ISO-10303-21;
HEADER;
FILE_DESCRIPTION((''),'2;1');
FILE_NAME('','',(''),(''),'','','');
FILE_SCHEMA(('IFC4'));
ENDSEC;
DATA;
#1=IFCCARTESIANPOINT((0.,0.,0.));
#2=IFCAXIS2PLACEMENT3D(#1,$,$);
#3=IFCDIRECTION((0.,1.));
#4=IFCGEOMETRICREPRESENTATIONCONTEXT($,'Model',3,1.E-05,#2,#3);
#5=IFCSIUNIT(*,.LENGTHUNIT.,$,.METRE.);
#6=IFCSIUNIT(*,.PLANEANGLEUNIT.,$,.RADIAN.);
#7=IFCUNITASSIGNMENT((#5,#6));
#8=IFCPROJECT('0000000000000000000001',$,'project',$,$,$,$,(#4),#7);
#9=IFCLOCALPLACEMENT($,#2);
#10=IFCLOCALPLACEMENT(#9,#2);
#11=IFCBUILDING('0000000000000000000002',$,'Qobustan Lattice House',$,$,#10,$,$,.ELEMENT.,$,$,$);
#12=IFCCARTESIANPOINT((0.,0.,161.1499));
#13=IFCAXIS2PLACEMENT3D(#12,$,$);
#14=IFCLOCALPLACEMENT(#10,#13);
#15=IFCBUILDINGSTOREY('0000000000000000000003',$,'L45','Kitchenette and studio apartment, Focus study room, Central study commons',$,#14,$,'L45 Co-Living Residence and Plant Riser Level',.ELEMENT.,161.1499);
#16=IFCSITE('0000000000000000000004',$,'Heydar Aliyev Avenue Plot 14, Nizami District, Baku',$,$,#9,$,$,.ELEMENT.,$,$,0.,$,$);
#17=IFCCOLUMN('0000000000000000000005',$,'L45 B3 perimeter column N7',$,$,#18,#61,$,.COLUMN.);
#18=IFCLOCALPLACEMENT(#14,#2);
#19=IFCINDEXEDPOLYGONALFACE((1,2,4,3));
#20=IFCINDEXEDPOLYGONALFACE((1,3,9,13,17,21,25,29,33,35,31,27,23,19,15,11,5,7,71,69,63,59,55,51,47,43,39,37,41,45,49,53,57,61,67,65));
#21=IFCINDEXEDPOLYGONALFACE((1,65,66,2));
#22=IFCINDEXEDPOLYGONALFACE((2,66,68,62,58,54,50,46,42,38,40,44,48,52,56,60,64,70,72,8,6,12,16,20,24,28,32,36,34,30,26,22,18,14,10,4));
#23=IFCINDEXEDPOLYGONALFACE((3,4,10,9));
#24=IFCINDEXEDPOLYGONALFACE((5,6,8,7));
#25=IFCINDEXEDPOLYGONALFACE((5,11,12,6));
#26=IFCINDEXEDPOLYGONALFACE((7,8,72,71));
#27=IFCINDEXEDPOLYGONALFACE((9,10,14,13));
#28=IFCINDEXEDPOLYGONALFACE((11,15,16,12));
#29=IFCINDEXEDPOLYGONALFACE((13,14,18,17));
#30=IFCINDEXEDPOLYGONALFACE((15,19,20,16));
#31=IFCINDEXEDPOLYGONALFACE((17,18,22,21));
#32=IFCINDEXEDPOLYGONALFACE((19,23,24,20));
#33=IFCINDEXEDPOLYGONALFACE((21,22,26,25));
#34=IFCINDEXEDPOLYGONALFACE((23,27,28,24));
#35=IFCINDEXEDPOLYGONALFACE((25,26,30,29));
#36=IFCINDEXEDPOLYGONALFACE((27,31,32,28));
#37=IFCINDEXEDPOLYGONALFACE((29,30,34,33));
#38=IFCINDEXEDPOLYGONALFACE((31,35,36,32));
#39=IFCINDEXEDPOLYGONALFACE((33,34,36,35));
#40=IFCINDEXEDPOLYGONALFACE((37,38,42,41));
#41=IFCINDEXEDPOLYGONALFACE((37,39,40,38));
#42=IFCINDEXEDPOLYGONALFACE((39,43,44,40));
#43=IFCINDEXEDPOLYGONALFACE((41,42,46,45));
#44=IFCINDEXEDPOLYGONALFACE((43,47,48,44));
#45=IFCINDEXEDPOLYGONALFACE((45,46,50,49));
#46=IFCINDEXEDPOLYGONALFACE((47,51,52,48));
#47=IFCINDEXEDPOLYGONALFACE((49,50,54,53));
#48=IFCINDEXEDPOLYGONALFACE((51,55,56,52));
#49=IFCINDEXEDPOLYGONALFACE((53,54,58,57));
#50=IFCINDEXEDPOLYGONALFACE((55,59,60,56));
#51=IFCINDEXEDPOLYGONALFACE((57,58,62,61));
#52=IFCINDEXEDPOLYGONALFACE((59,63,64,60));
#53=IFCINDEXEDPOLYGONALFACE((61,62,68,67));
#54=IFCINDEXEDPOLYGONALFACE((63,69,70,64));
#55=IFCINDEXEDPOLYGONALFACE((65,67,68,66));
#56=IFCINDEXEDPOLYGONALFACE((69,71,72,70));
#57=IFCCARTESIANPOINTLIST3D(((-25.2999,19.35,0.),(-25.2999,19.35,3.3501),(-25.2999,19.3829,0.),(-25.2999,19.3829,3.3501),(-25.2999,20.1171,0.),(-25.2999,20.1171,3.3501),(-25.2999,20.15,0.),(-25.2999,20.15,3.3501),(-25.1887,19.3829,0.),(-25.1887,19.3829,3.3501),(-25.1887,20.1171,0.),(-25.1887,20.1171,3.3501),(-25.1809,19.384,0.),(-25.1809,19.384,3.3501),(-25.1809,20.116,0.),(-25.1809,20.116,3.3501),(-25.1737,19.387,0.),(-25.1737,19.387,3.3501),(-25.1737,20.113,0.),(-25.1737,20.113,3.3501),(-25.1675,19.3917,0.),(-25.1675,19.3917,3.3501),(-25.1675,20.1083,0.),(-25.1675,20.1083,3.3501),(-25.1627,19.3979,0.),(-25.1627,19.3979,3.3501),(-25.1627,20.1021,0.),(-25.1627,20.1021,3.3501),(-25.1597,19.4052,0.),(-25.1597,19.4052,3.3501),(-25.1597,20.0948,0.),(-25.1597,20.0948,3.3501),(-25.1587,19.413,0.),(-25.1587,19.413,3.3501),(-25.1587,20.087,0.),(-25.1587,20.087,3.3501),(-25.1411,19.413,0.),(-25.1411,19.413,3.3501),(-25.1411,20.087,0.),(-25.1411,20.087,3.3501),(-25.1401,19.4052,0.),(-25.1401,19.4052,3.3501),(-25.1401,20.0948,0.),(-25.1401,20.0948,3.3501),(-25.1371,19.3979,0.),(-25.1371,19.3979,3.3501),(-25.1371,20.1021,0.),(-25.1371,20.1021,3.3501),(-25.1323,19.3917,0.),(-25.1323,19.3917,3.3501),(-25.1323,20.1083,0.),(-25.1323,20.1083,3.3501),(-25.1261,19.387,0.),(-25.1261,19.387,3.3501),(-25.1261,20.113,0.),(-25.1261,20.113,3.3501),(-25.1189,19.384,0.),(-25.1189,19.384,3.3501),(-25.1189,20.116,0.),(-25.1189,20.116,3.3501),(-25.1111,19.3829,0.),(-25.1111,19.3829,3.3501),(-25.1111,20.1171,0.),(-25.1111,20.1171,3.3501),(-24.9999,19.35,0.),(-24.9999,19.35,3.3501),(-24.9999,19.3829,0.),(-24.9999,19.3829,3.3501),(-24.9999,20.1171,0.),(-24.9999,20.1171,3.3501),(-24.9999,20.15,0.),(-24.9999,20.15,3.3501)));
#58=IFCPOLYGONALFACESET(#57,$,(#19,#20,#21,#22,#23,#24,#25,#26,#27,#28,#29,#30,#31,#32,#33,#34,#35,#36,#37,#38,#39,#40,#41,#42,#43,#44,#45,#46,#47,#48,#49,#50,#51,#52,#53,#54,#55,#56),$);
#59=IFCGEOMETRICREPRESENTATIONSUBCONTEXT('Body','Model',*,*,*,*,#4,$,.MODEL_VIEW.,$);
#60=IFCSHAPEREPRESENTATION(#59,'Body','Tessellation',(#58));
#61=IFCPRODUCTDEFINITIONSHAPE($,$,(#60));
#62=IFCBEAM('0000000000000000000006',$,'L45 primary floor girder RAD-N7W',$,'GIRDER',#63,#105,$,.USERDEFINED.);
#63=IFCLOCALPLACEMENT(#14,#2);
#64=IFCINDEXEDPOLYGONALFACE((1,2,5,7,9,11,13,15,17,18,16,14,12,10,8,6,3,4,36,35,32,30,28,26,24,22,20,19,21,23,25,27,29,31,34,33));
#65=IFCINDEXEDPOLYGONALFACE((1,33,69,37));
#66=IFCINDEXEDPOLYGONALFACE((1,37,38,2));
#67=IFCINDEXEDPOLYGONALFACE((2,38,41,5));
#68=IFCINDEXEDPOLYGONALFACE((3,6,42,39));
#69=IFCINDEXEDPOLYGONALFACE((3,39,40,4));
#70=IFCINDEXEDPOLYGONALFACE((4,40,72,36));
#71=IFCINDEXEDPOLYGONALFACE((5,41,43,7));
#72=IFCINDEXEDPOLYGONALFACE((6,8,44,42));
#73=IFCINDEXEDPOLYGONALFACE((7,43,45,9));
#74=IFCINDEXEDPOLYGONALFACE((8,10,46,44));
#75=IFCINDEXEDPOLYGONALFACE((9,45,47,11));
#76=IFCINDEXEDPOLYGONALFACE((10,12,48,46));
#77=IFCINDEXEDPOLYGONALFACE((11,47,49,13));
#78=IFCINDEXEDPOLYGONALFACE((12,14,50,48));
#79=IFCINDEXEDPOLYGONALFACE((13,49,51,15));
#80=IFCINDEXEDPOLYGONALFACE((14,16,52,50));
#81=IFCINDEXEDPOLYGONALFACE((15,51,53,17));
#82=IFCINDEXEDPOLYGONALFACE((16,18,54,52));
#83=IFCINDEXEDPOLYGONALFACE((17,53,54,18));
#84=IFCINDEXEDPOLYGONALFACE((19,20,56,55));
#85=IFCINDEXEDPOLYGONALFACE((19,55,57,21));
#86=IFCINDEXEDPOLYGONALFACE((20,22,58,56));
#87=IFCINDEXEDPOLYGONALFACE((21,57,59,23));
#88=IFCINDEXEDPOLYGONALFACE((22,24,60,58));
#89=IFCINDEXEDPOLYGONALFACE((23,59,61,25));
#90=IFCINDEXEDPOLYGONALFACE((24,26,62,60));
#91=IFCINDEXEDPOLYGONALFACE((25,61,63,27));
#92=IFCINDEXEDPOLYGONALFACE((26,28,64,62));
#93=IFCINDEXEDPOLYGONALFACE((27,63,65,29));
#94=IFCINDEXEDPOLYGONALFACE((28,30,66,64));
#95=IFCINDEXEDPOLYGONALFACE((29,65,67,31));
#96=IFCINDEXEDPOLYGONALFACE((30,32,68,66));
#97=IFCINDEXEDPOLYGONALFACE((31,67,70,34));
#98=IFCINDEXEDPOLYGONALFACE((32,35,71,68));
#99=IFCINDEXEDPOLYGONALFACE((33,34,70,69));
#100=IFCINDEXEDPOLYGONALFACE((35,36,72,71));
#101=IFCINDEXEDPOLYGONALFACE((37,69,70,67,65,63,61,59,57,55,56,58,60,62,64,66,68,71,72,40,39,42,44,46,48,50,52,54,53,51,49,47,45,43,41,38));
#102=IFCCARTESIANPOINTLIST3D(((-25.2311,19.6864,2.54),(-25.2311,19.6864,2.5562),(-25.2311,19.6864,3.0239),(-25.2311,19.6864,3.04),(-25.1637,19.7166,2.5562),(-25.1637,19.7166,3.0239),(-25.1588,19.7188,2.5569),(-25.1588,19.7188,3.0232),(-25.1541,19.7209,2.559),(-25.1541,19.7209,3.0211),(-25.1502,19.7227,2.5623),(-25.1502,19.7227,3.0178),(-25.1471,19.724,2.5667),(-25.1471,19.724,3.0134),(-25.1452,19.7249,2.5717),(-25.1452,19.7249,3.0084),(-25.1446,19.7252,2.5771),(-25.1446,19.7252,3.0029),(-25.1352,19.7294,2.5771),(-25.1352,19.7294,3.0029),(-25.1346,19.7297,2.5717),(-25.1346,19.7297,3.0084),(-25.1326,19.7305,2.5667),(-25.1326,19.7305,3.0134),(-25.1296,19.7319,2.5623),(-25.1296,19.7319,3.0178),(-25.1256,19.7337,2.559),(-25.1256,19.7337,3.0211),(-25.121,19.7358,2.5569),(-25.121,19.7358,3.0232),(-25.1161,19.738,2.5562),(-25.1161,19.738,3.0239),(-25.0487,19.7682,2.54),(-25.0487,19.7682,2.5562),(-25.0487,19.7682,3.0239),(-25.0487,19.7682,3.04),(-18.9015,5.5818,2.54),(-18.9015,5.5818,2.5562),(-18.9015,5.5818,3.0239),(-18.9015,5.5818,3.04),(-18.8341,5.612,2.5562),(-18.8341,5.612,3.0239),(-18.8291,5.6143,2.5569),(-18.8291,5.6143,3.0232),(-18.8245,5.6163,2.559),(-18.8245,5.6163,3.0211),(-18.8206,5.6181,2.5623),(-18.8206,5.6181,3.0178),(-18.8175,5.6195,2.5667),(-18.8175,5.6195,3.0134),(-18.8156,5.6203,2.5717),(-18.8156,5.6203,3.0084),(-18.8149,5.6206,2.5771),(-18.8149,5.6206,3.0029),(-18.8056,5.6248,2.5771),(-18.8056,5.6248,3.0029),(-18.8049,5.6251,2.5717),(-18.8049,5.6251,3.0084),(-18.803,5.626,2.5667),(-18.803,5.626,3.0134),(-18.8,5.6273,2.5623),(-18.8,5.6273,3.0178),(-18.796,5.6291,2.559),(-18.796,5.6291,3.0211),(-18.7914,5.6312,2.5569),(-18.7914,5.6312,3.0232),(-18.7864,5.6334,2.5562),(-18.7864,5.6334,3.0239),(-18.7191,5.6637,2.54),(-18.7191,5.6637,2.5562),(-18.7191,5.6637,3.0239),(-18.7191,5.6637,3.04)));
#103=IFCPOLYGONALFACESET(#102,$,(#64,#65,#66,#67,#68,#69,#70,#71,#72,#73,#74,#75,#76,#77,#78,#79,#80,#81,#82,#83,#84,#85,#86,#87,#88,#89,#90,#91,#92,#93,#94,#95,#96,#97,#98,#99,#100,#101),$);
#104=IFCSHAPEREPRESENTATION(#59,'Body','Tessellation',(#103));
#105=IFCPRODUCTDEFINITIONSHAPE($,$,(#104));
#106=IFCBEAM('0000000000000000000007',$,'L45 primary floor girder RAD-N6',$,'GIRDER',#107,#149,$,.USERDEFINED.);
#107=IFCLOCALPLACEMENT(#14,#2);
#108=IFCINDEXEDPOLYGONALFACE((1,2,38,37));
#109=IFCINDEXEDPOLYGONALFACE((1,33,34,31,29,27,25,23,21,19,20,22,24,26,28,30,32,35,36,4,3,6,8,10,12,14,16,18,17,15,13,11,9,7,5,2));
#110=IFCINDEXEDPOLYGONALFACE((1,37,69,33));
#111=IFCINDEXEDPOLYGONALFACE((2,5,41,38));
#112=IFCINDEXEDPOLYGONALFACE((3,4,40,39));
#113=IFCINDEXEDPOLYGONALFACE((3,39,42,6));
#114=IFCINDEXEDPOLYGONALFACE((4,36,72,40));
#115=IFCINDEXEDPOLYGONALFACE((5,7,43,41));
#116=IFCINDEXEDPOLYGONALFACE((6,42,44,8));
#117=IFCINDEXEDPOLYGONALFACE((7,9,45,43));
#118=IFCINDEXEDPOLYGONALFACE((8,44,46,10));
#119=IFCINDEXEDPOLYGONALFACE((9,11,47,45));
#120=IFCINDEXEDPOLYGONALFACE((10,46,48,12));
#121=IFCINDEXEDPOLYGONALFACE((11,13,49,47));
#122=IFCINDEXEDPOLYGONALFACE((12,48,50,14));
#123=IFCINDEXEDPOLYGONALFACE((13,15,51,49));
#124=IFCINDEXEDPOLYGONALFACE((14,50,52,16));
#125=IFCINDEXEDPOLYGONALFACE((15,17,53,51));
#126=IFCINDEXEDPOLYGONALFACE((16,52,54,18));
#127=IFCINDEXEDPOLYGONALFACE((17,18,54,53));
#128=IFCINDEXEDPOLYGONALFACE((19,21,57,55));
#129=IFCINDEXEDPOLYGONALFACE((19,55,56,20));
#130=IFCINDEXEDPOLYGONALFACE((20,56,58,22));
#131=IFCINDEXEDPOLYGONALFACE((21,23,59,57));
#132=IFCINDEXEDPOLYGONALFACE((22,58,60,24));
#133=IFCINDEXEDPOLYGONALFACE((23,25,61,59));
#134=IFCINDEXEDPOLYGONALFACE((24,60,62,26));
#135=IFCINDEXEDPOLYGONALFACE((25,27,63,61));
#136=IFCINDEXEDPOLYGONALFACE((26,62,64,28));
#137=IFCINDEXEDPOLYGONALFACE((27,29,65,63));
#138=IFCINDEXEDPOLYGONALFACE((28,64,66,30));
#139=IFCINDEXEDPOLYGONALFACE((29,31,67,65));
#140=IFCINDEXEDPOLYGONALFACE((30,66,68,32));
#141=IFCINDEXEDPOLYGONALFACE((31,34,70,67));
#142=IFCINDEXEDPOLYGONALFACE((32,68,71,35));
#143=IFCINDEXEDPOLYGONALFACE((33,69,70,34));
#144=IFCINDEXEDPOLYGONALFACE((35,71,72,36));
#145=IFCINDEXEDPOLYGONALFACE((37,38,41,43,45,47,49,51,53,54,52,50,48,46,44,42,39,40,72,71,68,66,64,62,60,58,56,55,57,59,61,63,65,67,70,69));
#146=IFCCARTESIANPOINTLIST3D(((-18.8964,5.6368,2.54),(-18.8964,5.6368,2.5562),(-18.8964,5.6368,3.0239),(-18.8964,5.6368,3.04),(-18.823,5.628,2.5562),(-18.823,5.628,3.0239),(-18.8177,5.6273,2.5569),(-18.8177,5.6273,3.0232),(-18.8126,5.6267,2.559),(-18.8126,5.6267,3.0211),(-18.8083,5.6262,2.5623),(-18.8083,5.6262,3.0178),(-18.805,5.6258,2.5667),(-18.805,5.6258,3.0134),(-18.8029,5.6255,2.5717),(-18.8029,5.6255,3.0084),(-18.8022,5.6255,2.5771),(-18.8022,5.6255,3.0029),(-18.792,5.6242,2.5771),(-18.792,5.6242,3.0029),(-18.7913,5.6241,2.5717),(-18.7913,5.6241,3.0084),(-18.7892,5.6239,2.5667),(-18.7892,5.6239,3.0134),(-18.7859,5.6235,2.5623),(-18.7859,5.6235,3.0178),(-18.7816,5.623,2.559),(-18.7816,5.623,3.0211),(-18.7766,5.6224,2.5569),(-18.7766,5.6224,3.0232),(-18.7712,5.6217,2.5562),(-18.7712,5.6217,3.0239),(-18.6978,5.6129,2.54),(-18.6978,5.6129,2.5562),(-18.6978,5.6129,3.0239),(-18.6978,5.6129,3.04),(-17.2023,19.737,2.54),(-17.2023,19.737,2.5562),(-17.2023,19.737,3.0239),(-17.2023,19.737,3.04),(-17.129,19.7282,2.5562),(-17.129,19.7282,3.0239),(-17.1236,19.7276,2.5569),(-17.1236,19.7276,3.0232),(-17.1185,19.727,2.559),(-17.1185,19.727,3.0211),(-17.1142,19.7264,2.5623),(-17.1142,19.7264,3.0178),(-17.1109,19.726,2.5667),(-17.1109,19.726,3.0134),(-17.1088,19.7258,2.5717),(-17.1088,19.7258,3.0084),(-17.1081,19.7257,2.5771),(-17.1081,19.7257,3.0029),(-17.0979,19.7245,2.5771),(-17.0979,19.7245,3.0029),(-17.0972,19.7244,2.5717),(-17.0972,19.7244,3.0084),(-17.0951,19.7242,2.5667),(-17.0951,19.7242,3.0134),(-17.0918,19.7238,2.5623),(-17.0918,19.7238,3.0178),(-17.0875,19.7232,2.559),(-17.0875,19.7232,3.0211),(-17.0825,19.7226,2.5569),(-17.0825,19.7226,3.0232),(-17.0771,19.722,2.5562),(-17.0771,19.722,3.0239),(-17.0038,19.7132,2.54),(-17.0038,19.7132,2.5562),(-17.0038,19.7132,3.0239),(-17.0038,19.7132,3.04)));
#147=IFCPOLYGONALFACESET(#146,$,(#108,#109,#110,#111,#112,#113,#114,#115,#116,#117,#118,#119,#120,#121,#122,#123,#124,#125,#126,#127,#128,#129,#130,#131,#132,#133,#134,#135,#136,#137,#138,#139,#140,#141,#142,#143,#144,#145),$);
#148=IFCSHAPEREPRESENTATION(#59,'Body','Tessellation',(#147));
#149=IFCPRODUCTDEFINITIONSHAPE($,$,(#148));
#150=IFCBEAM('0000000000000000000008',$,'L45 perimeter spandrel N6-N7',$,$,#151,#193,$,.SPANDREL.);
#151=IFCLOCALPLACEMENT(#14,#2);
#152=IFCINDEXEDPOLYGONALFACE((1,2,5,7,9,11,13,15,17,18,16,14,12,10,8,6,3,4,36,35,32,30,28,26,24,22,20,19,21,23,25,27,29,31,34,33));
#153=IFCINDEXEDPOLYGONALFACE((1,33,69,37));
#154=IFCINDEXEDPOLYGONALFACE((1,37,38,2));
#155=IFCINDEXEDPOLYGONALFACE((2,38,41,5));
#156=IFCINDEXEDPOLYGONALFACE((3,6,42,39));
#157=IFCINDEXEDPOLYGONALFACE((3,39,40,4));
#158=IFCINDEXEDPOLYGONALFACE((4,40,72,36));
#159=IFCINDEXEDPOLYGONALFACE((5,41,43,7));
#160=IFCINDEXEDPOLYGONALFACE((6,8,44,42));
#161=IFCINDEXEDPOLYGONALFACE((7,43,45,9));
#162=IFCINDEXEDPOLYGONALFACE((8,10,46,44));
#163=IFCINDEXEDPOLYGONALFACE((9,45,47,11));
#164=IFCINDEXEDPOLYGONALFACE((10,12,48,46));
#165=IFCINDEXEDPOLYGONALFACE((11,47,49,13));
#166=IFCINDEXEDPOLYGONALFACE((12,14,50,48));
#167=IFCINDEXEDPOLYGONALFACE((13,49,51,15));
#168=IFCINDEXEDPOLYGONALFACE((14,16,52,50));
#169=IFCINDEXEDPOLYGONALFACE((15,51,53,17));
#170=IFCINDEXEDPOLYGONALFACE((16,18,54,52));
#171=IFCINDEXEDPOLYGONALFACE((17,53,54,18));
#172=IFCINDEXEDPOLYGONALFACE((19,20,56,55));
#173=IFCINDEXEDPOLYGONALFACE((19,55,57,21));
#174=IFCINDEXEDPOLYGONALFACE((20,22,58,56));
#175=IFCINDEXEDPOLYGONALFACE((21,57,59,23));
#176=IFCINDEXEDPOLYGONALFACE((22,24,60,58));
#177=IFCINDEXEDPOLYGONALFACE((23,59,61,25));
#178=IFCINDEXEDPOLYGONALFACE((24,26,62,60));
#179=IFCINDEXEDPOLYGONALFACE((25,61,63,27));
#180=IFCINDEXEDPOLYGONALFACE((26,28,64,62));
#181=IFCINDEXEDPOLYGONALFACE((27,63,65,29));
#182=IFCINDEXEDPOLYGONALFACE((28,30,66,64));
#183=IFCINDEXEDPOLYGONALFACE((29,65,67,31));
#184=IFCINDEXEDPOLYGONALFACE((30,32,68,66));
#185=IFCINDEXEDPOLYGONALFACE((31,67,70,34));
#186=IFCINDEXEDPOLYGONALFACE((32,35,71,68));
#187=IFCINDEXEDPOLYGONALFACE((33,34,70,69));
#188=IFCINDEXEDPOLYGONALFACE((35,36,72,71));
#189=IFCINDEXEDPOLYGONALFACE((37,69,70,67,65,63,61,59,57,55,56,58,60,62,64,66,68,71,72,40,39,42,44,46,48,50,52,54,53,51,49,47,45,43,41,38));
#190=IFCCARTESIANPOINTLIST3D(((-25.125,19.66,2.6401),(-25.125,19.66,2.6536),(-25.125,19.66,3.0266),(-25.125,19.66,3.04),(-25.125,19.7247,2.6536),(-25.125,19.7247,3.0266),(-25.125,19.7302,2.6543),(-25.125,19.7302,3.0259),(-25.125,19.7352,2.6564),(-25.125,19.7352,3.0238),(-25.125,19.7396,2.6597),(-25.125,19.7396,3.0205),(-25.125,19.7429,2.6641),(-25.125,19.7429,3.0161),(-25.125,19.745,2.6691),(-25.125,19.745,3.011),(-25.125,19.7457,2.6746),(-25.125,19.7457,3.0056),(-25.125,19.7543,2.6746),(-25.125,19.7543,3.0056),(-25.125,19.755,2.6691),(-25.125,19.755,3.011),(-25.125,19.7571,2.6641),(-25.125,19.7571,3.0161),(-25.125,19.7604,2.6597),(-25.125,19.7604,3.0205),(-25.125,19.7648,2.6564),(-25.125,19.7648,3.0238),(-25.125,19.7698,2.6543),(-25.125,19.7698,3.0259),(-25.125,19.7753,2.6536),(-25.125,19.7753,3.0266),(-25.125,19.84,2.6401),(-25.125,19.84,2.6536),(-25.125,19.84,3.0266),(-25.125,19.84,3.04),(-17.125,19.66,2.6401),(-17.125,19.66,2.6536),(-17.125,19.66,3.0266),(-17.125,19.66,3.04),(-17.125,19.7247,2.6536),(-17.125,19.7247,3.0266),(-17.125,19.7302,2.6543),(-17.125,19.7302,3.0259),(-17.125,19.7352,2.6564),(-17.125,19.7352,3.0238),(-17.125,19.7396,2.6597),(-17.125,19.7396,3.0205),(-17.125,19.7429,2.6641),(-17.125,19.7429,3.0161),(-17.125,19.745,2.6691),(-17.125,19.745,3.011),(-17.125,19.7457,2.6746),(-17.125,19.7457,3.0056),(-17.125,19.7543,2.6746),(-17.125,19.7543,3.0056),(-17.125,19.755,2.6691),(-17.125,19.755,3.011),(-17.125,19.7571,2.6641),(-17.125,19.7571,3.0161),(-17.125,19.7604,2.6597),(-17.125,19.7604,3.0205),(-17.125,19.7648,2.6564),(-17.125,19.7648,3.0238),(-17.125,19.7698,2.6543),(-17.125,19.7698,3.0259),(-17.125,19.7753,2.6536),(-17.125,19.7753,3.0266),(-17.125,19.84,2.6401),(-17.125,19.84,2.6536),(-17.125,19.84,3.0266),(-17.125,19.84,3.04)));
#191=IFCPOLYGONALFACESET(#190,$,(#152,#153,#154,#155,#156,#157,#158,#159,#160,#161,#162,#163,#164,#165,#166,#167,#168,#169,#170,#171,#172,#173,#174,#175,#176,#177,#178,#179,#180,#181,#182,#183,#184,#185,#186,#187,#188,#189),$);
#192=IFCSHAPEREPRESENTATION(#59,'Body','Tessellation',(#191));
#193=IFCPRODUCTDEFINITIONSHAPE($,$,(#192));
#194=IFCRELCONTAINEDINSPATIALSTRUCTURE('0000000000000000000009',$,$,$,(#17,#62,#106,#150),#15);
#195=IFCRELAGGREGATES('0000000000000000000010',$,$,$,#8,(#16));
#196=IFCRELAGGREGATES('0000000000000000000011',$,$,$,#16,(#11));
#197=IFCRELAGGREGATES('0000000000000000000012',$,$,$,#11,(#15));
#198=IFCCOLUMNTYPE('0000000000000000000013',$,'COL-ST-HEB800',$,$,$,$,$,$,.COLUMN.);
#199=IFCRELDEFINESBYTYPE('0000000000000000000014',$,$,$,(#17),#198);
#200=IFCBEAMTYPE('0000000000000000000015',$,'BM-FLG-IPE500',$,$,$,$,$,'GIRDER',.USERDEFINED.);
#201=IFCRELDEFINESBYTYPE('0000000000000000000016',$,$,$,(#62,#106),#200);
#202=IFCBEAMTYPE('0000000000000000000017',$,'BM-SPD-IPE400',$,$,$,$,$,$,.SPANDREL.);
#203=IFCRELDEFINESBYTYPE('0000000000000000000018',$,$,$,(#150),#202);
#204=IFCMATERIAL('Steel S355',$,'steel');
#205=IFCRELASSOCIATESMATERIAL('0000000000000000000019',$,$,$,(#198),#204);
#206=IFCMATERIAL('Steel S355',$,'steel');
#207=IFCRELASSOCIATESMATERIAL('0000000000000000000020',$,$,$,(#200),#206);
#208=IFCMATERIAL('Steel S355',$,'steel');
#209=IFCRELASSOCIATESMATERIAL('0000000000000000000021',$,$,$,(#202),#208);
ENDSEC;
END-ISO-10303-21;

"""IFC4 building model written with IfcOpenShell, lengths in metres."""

from ifc_helpers import new_model, si_unit, direction, frame, origin, origin_2d, place, context, subcontext, project, spatial, i_section, extrude, material, material_profile, profile_set, type_object, element, save


model = new_model("IFC4")

# Units and contexts
model_context = context("Model", 3, precision=1e-05, world=origin(), true_north=direction((0.0, 1.0)))
body_context = subcontext(model_context, "Body", "Model", "MODEL_VIEW")
ifc_project = project(units=[si_unit("LENGTHUNIT", "METRE"), si_unit("PLANEANGLEUNIT", "RADIAN")], contexts=[model_context])

# Site, building, storey
site_placement = place(None, origin())
site = spatial("IfcSite", under=ifc_project, at=site_placement, Name="Heydar Aliyev Avenue Plot 14, Nizami District, Baku", CompositionType="ELEMENT", RefElevation=0.0)
building_placement = place(site_placement, origin())
building = spatial("IfcBuilding", under=site, at=building_placement, Name="Qobustan Lattice House", CompositionType="ELEMENT")
storey_placement = place(building_placement, frame((0.0, 0.0, 161.1499)))
storey = spatial("IfcBuildingStorey", under=building, at=storey_placement, Name="L45", Description="Kitchenette and studio apartment, Focus study room, Central study commons", LongName="L45 Co-Living Residence and Plant Riser Level", CompositionType="ELEMENT", Elevation=161.1499)

# Column
ifc_material_1 = material(Name="Steel S355", Category="steel")
ifc_material_profile_1 = material_profile(ifc_material_1, i_section(OverallWidth=0.3, OverallDepth=0.8, WebThickness=0.0176, FlangeThickness=0.033, FilletRadius=0.03, at=origin_2d()), Name="HEB800")
ifc_profile_set_1 = profile_set([ifc_material_profile_1], Name="Steel S355")
column_type = type_object("IfcColumnType", Name="COL-ST-HEB800", PredefinedType="COLUMN", material=ifc_profile_set_1)
column_placement = place(storey_placement, frame((-25.1499, 19.75, 0.0), z_axis=(0.0, 0.0, 1.0), x_axis=(1.0, 0.0, 0.0)))
element("IfcColumn", 1, at=column_placement, inside=storey, type_object=column_type, Name="L45 B3 perimeter column N7", PredefinedType="COLUMN", context=body_context, shape_type="SweptSolid", body=[
    extrude(i_section(OverallWidth=0.3, OverallDepth=0.8, WebThickness=0.0176, FlangeThickness=0.033, FilletRadius=0.03, at=origin_2d()), origin(), (0.0, 0.0, 1.0), 3.3501),
])

# Beams
ifc_material_2 = material(Name="Steel S355", Category="steel")
ifc_material_profile_2 = material_profile(ifc_material_2, i_section(OverallWidth=0.2, OverallDepth=0.5, WebThickness=0.0103, FlangeThickness=0.0161, FilletRadius=0.021, at=origin_2d()), Name="IPE500")
ifc_profile_set_2 = profile_set([ifc_material_profile_2], Name="Steel S355")
beam_type_1 = type_object("IfcBeamType", Name="BM-FLG-IPE500", ElementType="GIRDER", PredefinedType="USERDEFINED", material=ifc_profile_set_2)
beam_1_placement = place(storey_placement, frame((-25.1399, 19.7273, 2.79), z_axis=(0.409427, -0.912343, 0.0), x_axis=(0.912343, 0.409427, 0.0)))
element("IfcBeam", 2, at=beam_1_placement, inside=storey, type_object=beam_type_1, Name="L45 primary floor girder RAD-N7W", ObjectType="GIRDER", PredefinedType="USERDEFINED", context=body_context, shape_type="SweptSolid", body=[
    extrude(i_section(OverallWidth=0.2, OverallDepth=0.5, WebThickness=0.0103, FlangeThickness=0.0161, FilletRadius=0.021, at=origin_2d()), origin(), (0.0, 0.0, 1.0), 15.4597),
])
beam_2_placement = place(storey_placement, frame((-17.103, 19.7251, 2.79), z_axis=(-0.119288, -0.99286, 0.0), x_axis=(0.99286, -0.119288, 0.0)))
element("IfcBeam", 3, at=beam_2_placement, inside=storey, type_object=beam_type_1, Name="L45 primary floor girder RAD-N6", ObjectType="GIRDER", PredefinedType="USERDEFINED", context=body_context, shape_type="SweptSolid", body=[
    extrude(i_section(OverallWidth=0.2, OverallDepth=0.5, WebThickness=0.0103, FlangeThickness=0.0161, FilletRadius=0.021, at=origin_2d()), origin(), (0.0, 0.0, 1.0), 14.2017),
])
ifc_material_3 = material(Name="Steel S355", Category="steel")
ifc_material_profile_3 = material_profile(ifc_material_3, i_section(OverallWidth=0.1799, OverallDepth=0.3999, WebThickness=0.0085, FlangeThickness=0.0134, FilletRadius=0.021, at=origin_2d()), Name="IPE400")
ifc_profile_set_3 = profile_set([ifc_material_profile_3], Name="Steel S355")
beam_type_2 = type_object("IfcBeamType", Name="BM-SPD-IPE400", PredefinedType="SPANDREL", material=ifc_profile_set_3)
beam_3_placement = place(storey_placement, frame((-17.125, 19.75, 2.8401), z_axis=(-1.0, 0.0, 0.0), x_axis=(0.0, -1.0, 0.0)))
element("IfcBeam", 4, at=beam_3_placement, inside=storey, type_object=beam_type_2, Name="L45 perimeter spandrel N6-N7", PredefinedType="SPANDREL", context=body_context, shape_type="SweptSolid", body=[
    extrude(i_section(OverallWidth=0.1799, OverallDepth=0.3999, WebThickness=0.0085, FlangeThickness=0.0134, FilletRadius=0.021, at=origin_2d()), origin(), (0.0, 0.0, 1.0), 8.0),
])

save(model, "model.ifc")
